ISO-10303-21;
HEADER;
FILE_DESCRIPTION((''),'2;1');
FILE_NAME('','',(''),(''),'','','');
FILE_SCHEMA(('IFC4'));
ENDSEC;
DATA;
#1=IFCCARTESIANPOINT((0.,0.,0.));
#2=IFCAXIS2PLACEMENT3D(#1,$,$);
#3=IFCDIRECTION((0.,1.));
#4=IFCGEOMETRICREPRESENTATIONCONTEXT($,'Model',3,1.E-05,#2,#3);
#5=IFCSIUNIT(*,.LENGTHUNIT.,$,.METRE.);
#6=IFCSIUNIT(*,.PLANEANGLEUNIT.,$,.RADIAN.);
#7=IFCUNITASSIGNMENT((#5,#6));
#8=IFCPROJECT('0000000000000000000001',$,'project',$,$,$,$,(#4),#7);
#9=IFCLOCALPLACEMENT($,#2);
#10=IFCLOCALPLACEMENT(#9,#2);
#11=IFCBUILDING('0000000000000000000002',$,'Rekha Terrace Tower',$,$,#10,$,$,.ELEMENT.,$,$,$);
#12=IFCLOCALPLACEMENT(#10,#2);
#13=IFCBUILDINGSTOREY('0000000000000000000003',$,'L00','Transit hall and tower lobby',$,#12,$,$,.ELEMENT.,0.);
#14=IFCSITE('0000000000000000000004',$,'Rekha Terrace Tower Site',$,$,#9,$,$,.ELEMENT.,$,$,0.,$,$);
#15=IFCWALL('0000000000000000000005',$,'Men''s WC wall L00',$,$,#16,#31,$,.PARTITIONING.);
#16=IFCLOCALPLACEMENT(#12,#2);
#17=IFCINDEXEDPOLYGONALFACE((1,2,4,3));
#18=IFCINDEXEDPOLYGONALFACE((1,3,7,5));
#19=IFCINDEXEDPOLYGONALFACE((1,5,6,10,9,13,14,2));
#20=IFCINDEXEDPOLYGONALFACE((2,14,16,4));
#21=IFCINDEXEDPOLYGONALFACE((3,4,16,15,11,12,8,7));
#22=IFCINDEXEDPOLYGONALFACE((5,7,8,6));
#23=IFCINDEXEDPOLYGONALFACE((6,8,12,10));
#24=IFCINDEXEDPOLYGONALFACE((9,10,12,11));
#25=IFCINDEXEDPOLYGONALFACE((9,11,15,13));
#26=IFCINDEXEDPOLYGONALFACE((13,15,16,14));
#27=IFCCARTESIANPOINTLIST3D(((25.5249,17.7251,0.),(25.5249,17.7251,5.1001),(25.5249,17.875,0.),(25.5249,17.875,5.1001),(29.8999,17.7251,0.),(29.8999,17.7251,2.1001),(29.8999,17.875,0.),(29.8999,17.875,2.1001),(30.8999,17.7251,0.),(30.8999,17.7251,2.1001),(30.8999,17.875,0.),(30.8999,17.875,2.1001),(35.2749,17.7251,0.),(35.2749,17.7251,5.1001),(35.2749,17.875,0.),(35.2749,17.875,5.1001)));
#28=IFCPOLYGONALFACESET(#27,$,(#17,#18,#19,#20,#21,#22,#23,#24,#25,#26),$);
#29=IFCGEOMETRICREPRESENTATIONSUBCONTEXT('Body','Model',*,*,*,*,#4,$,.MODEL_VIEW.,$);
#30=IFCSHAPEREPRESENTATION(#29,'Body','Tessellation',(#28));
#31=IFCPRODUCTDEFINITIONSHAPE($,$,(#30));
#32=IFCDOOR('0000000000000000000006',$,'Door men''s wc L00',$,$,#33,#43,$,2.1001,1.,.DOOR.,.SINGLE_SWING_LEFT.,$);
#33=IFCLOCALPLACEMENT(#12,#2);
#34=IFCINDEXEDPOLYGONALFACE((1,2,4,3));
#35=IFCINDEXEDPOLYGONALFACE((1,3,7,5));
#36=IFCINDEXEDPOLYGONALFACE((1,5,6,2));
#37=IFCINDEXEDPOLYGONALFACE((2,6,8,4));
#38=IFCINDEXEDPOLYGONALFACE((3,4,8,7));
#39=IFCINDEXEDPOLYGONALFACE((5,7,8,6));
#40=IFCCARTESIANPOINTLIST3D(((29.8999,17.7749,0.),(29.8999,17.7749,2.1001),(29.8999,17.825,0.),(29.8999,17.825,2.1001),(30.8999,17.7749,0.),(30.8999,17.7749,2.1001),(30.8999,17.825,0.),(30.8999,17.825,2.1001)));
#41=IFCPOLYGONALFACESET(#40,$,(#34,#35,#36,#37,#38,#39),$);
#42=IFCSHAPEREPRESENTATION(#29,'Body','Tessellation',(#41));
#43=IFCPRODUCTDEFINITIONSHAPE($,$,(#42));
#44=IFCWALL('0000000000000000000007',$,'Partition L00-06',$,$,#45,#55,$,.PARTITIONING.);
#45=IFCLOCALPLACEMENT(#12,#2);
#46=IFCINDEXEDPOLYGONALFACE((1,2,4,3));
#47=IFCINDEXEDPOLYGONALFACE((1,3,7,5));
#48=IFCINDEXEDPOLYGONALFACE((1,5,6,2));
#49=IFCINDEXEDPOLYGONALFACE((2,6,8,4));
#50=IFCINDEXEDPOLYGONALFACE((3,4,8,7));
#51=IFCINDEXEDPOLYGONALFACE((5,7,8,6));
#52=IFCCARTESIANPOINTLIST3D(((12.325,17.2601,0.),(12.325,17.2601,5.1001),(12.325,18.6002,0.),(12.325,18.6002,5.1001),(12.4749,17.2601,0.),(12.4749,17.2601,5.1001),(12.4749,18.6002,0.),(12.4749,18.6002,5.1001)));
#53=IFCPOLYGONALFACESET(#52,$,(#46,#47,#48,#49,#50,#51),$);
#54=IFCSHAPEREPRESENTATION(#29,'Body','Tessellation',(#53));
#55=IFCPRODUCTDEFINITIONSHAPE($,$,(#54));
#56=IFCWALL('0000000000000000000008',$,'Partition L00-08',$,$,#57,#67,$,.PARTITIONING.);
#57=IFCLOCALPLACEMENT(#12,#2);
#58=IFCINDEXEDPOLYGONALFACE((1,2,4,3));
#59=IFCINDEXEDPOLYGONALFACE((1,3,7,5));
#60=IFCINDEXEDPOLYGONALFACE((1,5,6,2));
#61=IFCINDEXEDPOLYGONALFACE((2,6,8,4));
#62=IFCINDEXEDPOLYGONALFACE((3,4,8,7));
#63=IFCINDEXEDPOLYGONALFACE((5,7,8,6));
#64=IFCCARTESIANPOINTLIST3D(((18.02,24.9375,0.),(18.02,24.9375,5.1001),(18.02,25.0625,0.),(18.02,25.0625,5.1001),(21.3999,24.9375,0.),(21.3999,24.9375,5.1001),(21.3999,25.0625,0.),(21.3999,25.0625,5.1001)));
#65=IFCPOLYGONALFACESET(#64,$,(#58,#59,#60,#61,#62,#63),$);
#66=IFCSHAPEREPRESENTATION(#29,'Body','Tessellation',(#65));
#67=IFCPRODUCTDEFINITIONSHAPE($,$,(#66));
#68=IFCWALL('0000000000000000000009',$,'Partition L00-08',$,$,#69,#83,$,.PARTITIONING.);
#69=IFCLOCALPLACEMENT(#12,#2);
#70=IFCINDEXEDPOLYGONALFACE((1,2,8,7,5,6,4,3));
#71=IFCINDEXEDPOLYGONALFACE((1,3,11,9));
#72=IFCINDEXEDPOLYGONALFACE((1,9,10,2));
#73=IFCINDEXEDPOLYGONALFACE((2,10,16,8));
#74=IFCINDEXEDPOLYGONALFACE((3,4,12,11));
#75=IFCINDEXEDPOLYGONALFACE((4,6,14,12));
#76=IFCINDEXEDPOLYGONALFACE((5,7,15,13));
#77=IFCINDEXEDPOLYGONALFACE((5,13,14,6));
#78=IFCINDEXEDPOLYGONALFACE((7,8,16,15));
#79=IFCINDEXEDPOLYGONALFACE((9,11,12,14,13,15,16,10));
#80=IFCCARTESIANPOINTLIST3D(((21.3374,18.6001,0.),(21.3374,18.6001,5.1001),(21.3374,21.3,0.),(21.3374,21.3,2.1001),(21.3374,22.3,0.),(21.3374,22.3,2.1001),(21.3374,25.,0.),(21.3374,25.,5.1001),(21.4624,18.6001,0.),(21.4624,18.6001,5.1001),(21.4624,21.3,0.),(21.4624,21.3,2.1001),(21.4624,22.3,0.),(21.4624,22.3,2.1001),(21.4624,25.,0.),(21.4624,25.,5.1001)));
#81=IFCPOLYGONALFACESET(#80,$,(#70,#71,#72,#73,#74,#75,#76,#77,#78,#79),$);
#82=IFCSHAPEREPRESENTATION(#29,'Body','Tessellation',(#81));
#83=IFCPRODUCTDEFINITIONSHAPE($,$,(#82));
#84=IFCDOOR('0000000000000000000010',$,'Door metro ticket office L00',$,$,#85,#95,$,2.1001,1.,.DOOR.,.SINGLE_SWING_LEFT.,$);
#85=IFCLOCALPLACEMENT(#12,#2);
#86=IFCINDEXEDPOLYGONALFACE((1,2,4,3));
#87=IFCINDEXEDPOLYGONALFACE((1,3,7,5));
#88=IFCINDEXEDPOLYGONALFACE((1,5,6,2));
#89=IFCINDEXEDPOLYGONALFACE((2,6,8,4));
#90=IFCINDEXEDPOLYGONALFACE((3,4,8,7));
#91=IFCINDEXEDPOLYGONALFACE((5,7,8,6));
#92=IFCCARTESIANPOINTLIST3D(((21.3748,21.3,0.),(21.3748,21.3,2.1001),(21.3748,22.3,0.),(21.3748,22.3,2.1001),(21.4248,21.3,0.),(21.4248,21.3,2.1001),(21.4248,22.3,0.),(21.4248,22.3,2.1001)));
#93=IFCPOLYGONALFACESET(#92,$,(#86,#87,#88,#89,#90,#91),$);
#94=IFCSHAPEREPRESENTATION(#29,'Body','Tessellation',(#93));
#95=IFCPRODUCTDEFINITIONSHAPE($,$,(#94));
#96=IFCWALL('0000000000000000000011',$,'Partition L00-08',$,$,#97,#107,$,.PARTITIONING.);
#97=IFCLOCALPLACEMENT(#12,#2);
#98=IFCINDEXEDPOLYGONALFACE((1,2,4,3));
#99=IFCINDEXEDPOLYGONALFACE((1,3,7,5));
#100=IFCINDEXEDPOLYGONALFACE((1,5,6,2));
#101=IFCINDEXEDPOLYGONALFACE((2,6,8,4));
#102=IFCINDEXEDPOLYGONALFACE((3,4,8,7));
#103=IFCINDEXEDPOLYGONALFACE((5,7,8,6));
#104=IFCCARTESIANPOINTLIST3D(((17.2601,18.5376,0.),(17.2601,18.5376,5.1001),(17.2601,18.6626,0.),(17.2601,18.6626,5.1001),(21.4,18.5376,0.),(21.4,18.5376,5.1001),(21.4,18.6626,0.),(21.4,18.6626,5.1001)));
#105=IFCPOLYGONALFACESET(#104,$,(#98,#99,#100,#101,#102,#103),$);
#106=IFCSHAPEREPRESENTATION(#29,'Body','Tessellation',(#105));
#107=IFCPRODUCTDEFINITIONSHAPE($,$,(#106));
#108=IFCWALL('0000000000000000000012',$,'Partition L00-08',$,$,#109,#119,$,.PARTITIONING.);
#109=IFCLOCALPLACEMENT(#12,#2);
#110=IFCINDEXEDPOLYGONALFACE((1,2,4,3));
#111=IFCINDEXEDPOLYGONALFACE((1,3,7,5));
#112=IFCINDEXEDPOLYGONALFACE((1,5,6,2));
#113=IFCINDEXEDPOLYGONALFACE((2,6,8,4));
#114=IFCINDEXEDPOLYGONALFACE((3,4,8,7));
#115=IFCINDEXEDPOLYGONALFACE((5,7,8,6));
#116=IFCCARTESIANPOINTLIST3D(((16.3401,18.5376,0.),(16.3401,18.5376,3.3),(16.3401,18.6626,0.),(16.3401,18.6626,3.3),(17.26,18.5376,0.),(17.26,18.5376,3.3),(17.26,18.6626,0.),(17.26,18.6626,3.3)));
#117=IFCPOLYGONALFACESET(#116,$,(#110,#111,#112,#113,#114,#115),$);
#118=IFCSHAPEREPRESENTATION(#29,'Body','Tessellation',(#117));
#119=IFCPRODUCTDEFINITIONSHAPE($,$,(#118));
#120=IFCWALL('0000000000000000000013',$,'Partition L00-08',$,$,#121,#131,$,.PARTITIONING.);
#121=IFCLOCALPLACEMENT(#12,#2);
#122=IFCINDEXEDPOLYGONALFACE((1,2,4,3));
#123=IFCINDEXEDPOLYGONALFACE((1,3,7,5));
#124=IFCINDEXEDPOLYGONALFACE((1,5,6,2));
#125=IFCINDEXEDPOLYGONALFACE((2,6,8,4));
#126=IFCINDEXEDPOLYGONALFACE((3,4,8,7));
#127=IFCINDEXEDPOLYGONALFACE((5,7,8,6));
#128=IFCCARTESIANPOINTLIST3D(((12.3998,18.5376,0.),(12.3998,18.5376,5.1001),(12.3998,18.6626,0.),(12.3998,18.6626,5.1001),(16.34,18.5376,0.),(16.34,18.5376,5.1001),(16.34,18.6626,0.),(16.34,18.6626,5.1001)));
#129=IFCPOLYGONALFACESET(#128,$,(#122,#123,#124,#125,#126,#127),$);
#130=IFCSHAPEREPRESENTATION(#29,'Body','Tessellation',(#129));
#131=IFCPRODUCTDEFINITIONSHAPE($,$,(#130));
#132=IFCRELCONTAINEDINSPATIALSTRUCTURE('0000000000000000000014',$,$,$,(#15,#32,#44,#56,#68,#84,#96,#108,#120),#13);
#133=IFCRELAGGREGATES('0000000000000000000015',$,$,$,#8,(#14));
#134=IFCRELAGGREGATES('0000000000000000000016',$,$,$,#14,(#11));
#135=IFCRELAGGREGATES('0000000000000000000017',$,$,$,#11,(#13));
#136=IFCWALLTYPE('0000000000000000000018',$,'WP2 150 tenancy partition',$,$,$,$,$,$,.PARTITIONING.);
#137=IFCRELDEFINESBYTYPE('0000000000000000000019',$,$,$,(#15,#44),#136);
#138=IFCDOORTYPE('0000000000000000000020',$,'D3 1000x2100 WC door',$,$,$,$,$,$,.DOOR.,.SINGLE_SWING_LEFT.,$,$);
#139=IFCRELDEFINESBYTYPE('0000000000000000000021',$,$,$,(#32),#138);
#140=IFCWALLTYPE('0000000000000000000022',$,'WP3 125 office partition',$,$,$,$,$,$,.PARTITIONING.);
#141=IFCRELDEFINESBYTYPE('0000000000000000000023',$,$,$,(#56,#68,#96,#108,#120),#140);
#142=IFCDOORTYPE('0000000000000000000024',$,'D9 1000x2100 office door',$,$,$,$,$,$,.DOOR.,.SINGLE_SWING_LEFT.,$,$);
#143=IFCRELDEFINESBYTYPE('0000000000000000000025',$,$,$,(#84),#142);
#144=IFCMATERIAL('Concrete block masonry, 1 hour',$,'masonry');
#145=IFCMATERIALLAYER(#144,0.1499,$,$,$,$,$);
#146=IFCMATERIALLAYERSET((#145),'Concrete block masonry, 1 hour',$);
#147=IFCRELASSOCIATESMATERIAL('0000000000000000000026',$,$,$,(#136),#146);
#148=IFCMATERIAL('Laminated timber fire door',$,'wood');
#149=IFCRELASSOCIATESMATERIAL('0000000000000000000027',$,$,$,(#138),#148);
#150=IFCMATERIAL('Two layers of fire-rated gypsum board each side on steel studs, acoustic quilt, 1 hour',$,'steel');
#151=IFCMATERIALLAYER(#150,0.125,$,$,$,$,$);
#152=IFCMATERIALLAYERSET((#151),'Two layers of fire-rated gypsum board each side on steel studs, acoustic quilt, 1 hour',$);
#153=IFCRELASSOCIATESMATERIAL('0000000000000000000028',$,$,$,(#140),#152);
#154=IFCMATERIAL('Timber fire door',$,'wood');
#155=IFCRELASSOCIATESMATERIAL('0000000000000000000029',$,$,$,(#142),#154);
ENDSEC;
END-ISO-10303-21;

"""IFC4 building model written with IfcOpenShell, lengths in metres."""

from ifc_helpers import new_model, si_unit, direction, frame, frame_2d, origin, place, context, subcontext, project, spatial, rectangle, extrude, material, layer, layer_set, type_object, element, fill, save


model = new_model("IFC4")

# Units and contexts
model_context = context("Model", 3, precision=1e-05, world=origin(), true_north=direction((0.0, 1.0)))
body_context = subcontext(model_context, "Body", "Model", "MODEL_VIEW")
ifc_project = project(units=[si_unit("LENGTHUNIT", "METRE"), si_unit("PLANEANGLEUNIT", "RADIAN")], contexts=[model_context])

# Site, building, storey
site_placement = place(None, origin())
site = spatial("IfcSite", under=ifc_project, at=site_placement, Name="Rekha Terrace Tower Site", CompositionType="ELEMENT", RefElevation=0.0)
building_placement = place(site_placement, origin())
building = spatial("IfcBuilding", under=site, at=building_placement, Name="Rekha Terrace Tower", CompositionType="ELEMENT")
storey_placement = place(building_placement, origin())
storey = spatial("IfcBuildingStorey", under=building, at=storey_placement, Name="L00", Description="Transit hall and tower lobby", CompositionType="ELEMENT", Elevation=0.0)

# Wall, opening, door
ifc_material_1 = material(Name="Concrete block masonry, 1 hour", Category="masonry")
ifc_layer_1 = layer(ifc_material_1, 0.1499)
ifc_layer_set_1 = layer_set([ifc_layer_1], Name="Concrete block masonry, 1 hour")
wall_type_1 = type_object("IfcWallType", Name="WP2 150 tenancy partition", PredefinedType="PARTITIONING", material=ifc_layer_set_1)
wall_1_placement = place(storey_placement, frame((25.5249, 17.8, 0.0), z_axis=(0.0, 0.0, 1.0), x_axis=(1.0, 0.0, 0.0)))
wall_1 = element("IfcWall", 1, at=wall_1_placement, inside=storey, type_object=wall_type_1, Name="Men's WC wall L00", PredefinedType="PARTITIONING", context=body_context, shape_type="SweptSolid", body=[
    extrude(rectangle(XDim=9.75, YDim=0.1499, at=frame_2d((4.875, 0.0))), origin(), (0.0, 0.0, 1.0), 5.1001),
])
opening_1_placement = place(wall_1_placement, frame((4.375, 0.0, 0.0)))
opening_1 = element("IfcOpeningElement", 2, at=opening_1_placement, cuts=wall_1, PredefinedType="OPENING", context=body_context, shape_type="SweptSolid", body=[
    extrude(rectangle(XDim=1.0, YDim=2.1001, at=frame_2d((0.5, 1.05))), frame((0.0, 0.085, 0.0), z_axis=(0.0, -1.0, 0.0), x_axis=(1.0, 0.0, 0.0)), (0.0, 0.0, 1.0), 0.1699),
])
ifc_material_2 = material(Name="Laminated timber fire door", Category="wood")
door_type_1 = type_object("IfcDoorType", Name="D3 1000x2100 WC door", OperationType="SINGLE_SWING_LEFT", PredefinedType="DOOR", material=ifc_material_2)
door_1_placement = place(opening_1_placement, origin())
door_1 = element("IfcDoor", 3, at=door_1_placement, inside=storey, type_object=door_type_1, Name="Door men's wc L00", OperationType="SINGLE_SWING_LEFT", OverallHeight=2.1001, OverallWidth=1.0, PredefinedType="DOOR", context=body_context, shape_type="SweptSolid", body=[
    extrude(rectangle(XDim=1.0, YDim=2.1001, at=frame_2d((0.5, 1.05))), frame((0.0, 0.0249, 0.0), z_axis=(0.0, -1.0, 0.0), x_axis=(1.0, 0.0, 0.0)), (0.0, 0.0, 1.0), 0.05),
])
fill(opening_1, door_1)

# Walls
wall_2_placement = place(storey_placement, frame((12.3999, 18.6001, 0.0), z_axis=(0.0, 0.0, 1.0), x_axis=(0.0, -1.0, 0.0)))
element("IfcWall", 4, at=wall_2_placement, inside=storey, type_object=wall_type_1, Name="Partition L00-06", PredefinedType="PARTITIONING", context=body_context, shape_type="SweptSolid", body=[
    extrude(rectangle(XDim=1.3401, YDim=0.1499, at=frame_2d((0.6699, 0.0))), origin(), (0.0, 0.0, 1.0), 5.1001),
])
ifc_material_3 = material(Name="Two layers of fire-rated gypsum board each side on steel studs, acoustic quilt, 1 hour", Category="steel")
ifc_layer_2 = layer(ifc_material_3, 0.125)
ifc_layer_set_2 = layer_set([ifc_layer_2], Name="Two layers of fire-rated gypsum board each side on steel studs, acoustic quilt, 1 hour")
wall_type_2 = type_object("IfcWallType", Name="WP3 125 office partition", PredefinedType="PARTITIONING", material=ifc_layer_set_2)
wall_3_placement = place(storey_placement, frame((18.02, 25.0, 0.0), z_axis=(0.0, 0.0, 1.0), x_axis=(1.0, 0.0, 0.0)))
element("IfcWall", 5, at=wall_3_placement, inside=storey, type_object=wall_type_2, Name="Partition L00-08", PredefinedType="PARTITIONING", context=body_context, shape_type="SweptSolid", body=[
    extrude(rectangle(XDim=3.3799, YDim=0.125, at=frame_2d((1.6899, 0.0))), origin(), (0.0, 0.0, 1.0), 5.1001),
])

# Wall, opening, door
wall_4_placement = place(storey_placement, frame((21.3999, 25.0, 0.0), z_axis=(0.0, 0.0, 1.0), x_axis=(0.0, -1.0, 0.0)))
wall_4 = element("IfcWall", 6, at=wall_4_placement, inside=storey, type_object=wall_type_2, Name="Partition L00-08", PredefinedType="PARTITIONING", context=body_context, shape_type="SweptSolid", body=[
    extrude(rectangle(XDim=6.3999, YDim=0.125, at=frame_2d((3.2, 0.0))), origin(), (0.0, 0.0, 1.0), 5.1001),
])
opening_2_placement = place(wall_4_placement, frame((2.7, 0.0, 0.0)))
opening_2 = element("IfcOpeningElement", 7, at=opening_2_placement, cuts=wall_4, PredefinedType="OPENING", context=body_context, shape_type="SweptSolid", body=[
    extrude(rectangle(XDim=1.0, YDim=2.1001, at=frame_2d((0.5, 1.05))), frame((0.0, 0.0725, 0.0), z_axis=(0.0, -1.0, 0.0), x_axis=(1.0, 0.0, 0.0)), (0.0, 0.0, 1.0), 0.145),
])
ifc_material_4 = material(Name="Timber fire door", Category="wood")
door_type_2 = type_object("IfcDoorType", Name="D9 1000x2100 office door", OperationType="SINGLE_SWING_LEFT", PredefinedType="DOOR", material=ifc_material_4)
door_2_placement = place(opening_2_placement, origin())
door_2 = element("IfcDoor", 8, at=door_2_placement, inside=storey, type_object=door_type_2, Name="Door metro ticket office L00", OperationType="SINGLE_SWING_LEFT", OverallHeight=2.1001, OverallWidth=1.0, PredefinedType="DOOR", context=body_context, shape_type="SweptSolid", body=[
    extrude(rectangle(XDim=1.0, YDim=2.1001, at=frame_2d((0.5, 1.05))), frame((0.0, 0.0249, 0.0), z_axis=(0.0, -1.0, 0.0), x_axis=(1.0, 0.0, 0.0)), (0.0, 0.0, 1.0), 0.05),
])
fill(opening_2, door_2)

# Walls
wall_5_placement = place(storey_placement, frame((21.3999, 18.6001, 0.0), z_axis=(0.0, 0.0, 1.0), x_axis=(-1.0, 0.0, 0.0)))
element("IfcWall", 9, at=wall_5_placement, inside=storey, type_object=wall_type_2, Name="Partition L00-08", PredefinedType="PARTITIONING", context=body_context, shape_type="SweptSolid", body=[
    extrude(rectangle(XDim=4.1399, YDim=0.125, at=frame_2d((2.0698, 0.0))), origin(), (0.0, 0.0, 1.0), 5.1001),
])
wall_6_placement = place(storey_placement, frame((17.26, 18.6001, 0.0), z_axis=(0.0, 0.0, 1.0), x_axis=(-1.0, 0.0, 0.0)))
element("IfcWall", 10, at=wall_6_placement, inside=storey, type_object=wall_type_2, Name="Partition L00-08", PredefinedType="PARTITIONING", context=body_context, shape_type="SweptSolid", body=[
    extrude(rectangle(XDim=0.9199, YDim=0.125, at=frame_2d((0.46, 0.0))), origin(), (0.0, 0.0, 1.0), 3.3),
])
wall_7_placement = place(storey_placement, frame((16.3401, 18.6001, 0.0), z_axis=(0.0, 0.0, 1.0), x_axis=(-1.0, 0.0, 0.0)))
element("IfcWall", 11, at=wall_7_placement, inside=storey, type_object=wall_type_2, Name="Partition L00-08", PredefinedType="PARTITIONING", context=body_context, shape_type="SweptSolid", body=[
    extrude(rectangle(XDim=3.9402, YDim=0.125, at=frame_2d((1.9702, 0.0))), origin(), (0.0, 0.0, 1.0), 5.1001),
])

save(model, "model.ifc")
